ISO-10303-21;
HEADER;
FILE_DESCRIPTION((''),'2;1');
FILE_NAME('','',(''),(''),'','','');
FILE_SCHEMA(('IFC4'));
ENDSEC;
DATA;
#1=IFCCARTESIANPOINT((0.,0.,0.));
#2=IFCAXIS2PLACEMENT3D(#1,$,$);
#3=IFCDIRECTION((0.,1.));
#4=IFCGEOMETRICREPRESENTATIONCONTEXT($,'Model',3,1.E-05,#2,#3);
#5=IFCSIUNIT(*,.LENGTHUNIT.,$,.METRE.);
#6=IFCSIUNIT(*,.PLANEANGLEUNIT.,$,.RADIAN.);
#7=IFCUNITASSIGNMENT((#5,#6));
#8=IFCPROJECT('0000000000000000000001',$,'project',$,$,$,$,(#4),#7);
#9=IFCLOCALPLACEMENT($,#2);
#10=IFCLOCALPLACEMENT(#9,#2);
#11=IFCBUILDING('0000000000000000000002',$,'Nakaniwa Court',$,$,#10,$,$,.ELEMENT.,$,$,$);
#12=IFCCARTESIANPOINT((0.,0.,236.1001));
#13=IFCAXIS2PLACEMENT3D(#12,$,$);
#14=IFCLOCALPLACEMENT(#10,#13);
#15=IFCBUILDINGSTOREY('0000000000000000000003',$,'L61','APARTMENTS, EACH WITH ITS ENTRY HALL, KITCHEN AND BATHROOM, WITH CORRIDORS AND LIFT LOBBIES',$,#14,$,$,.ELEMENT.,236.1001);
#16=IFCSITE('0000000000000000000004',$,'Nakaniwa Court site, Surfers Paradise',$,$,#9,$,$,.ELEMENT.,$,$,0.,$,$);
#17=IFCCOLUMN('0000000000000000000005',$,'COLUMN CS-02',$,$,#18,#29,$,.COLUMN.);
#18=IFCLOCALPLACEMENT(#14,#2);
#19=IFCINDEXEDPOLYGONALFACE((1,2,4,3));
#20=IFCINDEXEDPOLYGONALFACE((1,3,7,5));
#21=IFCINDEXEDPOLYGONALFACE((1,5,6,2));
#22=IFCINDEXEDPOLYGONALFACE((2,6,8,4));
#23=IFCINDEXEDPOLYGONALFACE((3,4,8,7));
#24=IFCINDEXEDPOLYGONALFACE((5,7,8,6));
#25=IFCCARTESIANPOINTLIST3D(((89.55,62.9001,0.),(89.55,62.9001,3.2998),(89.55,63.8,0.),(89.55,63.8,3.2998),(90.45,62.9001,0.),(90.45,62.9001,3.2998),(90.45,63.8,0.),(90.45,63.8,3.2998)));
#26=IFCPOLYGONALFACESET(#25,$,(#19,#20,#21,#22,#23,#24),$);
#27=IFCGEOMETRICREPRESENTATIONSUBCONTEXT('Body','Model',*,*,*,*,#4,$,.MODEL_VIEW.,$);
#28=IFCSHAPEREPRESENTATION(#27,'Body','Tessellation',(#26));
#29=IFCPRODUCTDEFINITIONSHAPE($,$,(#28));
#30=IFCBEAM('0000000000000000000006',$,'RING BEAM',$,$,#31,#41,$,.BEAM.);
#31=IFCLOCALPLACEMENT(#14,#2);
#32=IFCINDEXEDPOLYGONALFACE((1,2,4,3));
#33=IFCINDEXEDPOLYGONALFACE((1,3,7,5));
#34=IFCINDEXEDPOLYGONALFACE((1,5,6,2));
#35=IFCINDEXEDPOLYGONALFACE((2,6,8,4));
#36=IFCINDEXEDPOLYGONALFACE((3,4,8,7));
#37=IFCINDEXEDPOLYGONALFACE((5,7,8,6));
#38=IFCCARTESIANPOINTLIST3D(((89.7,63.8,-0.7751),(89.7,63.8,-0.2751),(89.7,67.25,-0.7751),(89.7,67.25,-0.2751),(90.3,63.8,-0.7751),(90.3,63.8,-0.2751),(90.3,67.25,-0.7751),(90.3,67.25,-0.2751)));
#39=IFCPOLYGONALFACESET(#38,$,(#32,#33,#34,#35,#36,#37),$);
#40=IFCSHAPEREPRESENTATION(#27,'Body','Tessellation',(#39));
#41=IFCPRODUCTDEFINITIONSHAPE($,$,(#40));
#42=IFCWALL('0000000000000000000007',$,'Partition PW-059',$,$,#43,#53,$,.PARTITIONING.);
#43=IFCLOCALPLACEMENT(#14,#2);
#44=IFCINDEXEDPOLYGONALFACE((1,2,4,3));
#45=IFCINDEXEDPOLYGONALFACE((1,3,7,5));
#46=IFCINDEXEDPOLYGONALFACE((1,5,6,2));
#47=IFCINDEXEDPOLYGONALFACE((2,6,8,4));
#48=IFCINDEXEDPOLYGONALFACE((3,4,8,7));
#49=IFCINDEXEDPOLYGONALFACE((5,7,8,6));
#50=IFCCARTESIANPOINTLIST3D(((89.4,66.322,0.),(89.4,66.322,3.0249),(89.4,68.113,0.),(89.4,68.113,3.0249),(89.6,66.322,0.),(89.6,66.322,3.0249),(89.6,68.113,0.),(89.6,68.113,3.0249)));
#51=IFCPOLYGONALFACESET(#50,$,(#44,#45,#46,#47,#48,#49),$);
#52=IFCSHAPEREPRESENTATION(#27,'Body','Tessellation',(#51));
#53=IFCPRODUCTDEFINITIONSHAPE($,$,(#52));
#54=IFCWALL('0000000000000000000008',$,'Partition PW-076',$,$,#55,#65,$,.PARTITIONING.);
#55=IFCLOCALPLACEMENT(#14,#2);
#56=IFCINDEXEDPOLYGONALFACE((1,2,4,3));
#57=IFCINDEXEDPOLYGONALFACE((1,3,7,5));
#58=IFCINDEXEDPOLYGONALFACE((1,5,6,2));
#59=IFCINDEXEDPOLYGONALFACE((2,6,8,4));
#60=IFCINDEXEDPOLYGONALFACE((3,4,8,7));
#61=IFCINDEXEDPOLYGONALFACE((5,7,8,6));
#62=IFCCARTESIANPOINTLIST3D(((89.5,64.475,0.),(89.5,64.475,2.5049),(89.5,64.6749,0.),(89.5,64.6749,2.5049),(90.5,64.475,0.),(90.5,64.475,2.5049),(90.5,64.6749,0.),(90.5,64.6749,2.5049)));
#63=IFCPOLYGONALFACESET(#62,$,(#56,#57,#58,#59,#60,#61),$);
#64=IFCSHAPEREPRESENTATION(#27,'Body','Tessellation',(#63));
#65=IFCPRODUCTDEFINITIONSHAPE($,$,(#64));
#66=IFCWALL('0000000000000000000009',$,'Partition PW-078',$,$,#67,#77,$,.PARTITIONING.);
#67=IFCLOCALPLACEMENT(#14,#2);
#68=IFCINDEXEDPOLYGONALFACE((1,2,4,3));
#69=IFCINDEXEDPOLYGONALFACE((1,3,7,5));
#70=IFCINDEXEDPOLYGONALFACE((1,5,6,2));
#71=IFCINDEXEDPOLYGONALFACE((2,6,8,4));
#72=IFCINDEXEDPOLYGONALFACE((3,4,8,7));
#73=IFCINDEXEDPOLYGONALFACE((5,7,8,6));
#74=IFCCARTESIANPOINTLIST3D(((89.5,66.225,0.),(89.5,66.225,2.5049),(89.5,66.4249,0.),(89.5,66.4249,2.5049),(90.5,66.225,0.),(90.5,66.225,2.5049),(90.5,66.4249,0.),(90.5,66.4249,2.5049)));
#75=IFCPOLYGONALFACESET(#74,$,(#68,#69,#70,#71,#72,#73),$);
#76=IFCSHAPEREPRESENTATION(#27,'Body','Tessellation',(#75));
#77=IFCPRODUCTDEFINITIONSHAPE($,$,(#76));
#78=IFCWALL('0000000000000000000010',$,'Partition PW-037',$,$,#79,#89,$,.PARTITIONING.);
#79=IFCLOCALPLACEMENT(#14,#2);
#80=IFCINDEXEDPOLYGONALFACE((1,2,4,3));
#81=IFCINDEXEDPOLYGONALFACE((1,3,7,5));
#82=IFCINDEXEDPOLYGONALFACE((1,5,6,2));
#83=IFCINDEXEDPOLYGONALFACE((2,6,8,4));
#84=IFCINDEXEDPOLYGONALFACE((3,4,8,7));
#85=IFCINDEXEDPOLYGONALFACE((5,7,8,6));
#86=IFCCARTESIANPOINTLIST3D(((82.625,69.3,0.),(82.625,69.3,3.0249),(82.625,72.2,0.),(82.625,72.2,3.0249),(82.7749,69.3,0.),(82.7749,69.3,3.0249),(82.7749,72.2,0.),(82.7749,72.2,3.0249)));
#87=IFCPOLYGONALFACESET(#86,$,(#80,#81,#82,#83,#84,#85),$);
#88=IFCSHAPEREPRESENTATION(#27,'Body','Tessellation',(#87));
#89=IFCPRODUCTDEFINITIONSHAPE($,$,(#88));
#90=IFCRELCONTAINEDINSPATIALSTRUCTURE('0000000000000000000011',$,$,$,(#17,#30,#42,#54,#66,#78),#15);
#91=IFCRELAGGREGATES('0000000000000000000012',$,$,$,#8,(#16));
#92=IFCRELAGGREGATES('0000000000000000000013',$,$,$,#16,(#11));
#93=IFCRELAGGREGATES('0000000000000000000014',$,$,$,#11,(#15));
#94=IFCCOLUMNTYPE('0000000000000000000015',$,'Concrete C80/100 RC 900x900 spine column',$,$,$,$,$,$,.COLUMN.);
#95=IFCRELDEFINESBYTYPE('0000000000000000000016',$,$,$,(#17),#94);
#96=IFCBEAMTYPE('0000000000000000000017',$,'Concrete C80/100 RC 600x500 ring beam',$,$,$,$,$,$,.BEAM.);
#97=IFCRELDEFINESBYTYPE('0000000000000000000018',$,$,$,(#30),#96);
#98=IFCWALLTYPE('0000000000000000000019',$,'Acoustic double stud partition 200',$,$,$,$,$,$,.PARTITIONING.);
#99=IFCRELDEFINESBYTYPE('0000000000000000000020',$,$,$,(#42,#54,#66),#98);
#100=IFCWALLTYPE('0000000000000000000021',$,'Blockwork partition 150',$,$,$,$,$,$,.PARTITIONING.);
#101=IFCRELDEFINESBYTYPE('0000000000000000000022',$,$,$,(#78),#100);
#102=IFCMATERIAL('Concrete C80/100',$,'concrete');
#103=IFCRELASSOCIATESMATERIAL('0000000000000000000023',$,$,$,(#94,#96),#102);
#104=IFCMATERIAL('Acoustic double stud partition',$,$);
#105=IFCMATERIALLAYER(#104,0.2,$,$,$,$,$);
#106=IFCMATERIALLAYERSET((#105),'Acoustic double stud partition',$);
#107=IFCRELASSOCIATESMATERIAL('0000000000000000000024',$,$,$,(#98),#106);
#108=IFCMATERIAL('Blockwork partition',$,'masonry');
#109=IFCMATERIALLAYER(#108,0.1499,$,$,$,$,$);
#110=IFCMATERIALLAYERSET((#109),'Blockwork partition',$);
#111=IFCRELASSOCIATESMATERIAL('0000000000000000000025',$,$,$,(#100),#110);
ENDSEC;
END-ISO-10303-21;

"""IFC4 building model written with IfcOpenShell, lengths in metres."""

from ifc_helpers import new_model, si_unit, direction, frame, frame_2d, origin, origin_2d, place, context, subcontext, project, spatial, rectangle, extrude, material, layer, layer_set, material_profile, profile_set, type_object, element, save


model = new_model("IFC4")

# Units and contexts
model_context = context("Model", 3, precision=1e-05, world=origin(), true_north=direction((0.0, 1.0)))
body_context = subcontext(model_context, "Body", "Model", "MODEL_VIEW")
ifc_project = project(units=[si_unit("LENGTHUNIT", "METRE"), si_unit("PLANEANGLEUNIT", "RADIAN")], contexts=[model_context])

# Site, building, storey
site_placement = place(None, origin())
site = spatial("IfcSite", under=ifc_project, at=site_placement, Name="Nakaniwa Court site, Surfers Paradise", CompositionType="ELEMENT", RefElevation=0.0)
building_placement = place(site_placement, origin())
building = spatial("IfcBuilding", under=site, at=building_placement, Name="Nakaniwa Court", CompositionType="ELEMENT")
storey_placement = place(building_placement, frame((0.0, 0.0, 236.1001)))
storey = spatial("IfcBuildingStorey", under=building, at=storey_placement, Name="L61", Description="APARTMENTS, EACH WITH ITS ENTRY HALL, KITCHEN AND BATHROOM, WITH CORRIDORS AND LIFT LOBBIES", CompositionType="ELEMENT", Elevation=236.1001)

# Column
ifc_material_1 = material(Name="Concrete C80/100", Category="concrete")
ifc_material_profile_1 = material_profile(ifc_material_1, rectangle(XDim=0.8999, YDim=0.8999, at=origin_2d()), Name="Concrete C80/100 RC 900x900 spine column")
ifc_profile_set_1 = profile_set([ifc_material_profile_1], Name="Concrete C80/100")
column_type = type_object("IfcColumnType", Name="Concrete C80/100 RC 900x900 spine column", PredefinedType="COLUMN", material=ifc_profile_set_1)
column_placement = place(storey_placement, frame((90.0, 63.3501, 0.0), z_axis=(0.0, 0.0, 1.0), x_axis=(0.0, 1.0, 0.0)))
element("IfcColumn", 1, at=column_placement, inside=storey, type_object=column_type, Name="COLUMN CS-02", PredefinedType="COLUMN", context=body_context, shape_type="SweptSolid", body=[
    extrude(rectangle(XDim=0.8999, YDim=0.8999, at=origin_2d()), origin(), (0.0, 0.0, 1.0), 3.2998),
])

# Beam
ifc_material_profile_2 = material_profile(ifc_material_1, rectangle(XDim=0.6001, YDim=0.5, at=origin_2d()), Name="Concrete C80/100 RC 600x500 ring beam")
ifc_profile_set_2 = profile_set([ifc_material_profile_2], Name="Concrete C80/100")
beam_type = type_object("IfcBeamType", Name="Concrete C80/100 RC 600x500 ring beam", PredefinedType="BEAM", material=ifc_profile_set_2)
beam_placement = place(storey_placement, frame((90.0, 63.8, -0.5251), z_axis=(0.0, 1.0, 0.0), x_axis=(-1.0, 0.0, 0.0)))
element("IfcBeam", 2, at=beam_placement, inside=storey, type_object=beam_type, Name="RING BEAM", PredefinedType="BEAM", context=body_context, shape_type="SweptSolid", body=[
    extrude(rectangle(XDim=0.6001, YDim=0.5, at=origin_2d()), origin(), (0.0, 0.0, 1.0), 3.45),
])

# Walls
ifc_material_2 = material(Name="Acoustic double stud partition")
ifc_layer_1 = layer(ifc_material_2, 0.2)
ifc_layer_set_1 = layer_set([ifc_layer_1], Name="Acoustic double stud partition")
wall_type_1 = type_object("IfcWallType", Name="Acoustic double stud partition 200", PredefinedType="PARTITIONING", material=ifc_layer_set_1)
wall_1_placement = place(storey_placement, frame((89.5, 66.322, 0.0), z_axis=(0.0, 0.0, 1.0), x_axis=(0.0, 1.0, 0.0)))
element("IfcWall", 3, at=wall_1_placement, inside=storey, type_object=wall_type_1, Name="Partition PW-059", PredefinedType="PARTITIONING", context=body_context, shape_type="SweptSolid", body=[
    extrude(rectangle(XDim=1.791, YDim=0.2, at=frame_2d((0.8955, 0.0))), origin(), (0.0, 0.0, 1.0), 3.0249),
])
for number, where, z_axis, x_axis, name in (
    (4, (89.5, 64.575, 0.0), (0.0, 0.0, 1.0), (1.0, 0.0, 0.0), "Partition PW-076"),
    (5, (89.5, 66.325, 0.0), (0.0, 0.0, 1.0), (1.0, 0.0, 0.0), "Partition PW-078"),
):
    element("IfcWall", number, at=place(storey_placement, frame(where, z_axis=z_axis, x_axis=x_axis)), inside=storey, type_object=wall_type_1, Name=name, PredefinedType="PARTITIONING", context=body_context, shape_type="SweptSolid", body=[
        extrude(rectangle(XDim=1.0, YDim=0.2, at=frame_2d((0.5, 0.0))), origin(), (0.0, 0.0, 1.0), 2.5049),
    ])
ifc_material_3 = material(Name="Blockwork partition", Category="masonry")
ifc_layer_2 = layer(ifc_material_3, 0.1499)
ifc_layer_set_2 = layer_set([ifc_layer_2], Name="Blockwork partition")
wall_type_2 = type_object("IfcWallType", Name="Blockwork partition 150", PredefinedType="PARTITIONING", material=ifc_layer_set_2)
wall_2_placement = place(storey_placement, frame((82.7, 69.3, 0.0), z_axis=(0.0, 0.0, 1.0), x_axis=(0.0, 1.0, 0.0)))
element("IfcWall", 6, at=wall_2_placement, inside=storey, type_object=wall_type_2, Name="Partition PW-037", PredefinedType="PARTITIONING", context=body_context, shape_type="SweptSolid", body=[
    extrude(rectangle(XDim=2.8999, YDim=0.1499, at=frame_2d((1.45, 0.0))), origin(), (0.0, 0.0, 1.0), 3.0249),
])

save(model, "model.ifc")
